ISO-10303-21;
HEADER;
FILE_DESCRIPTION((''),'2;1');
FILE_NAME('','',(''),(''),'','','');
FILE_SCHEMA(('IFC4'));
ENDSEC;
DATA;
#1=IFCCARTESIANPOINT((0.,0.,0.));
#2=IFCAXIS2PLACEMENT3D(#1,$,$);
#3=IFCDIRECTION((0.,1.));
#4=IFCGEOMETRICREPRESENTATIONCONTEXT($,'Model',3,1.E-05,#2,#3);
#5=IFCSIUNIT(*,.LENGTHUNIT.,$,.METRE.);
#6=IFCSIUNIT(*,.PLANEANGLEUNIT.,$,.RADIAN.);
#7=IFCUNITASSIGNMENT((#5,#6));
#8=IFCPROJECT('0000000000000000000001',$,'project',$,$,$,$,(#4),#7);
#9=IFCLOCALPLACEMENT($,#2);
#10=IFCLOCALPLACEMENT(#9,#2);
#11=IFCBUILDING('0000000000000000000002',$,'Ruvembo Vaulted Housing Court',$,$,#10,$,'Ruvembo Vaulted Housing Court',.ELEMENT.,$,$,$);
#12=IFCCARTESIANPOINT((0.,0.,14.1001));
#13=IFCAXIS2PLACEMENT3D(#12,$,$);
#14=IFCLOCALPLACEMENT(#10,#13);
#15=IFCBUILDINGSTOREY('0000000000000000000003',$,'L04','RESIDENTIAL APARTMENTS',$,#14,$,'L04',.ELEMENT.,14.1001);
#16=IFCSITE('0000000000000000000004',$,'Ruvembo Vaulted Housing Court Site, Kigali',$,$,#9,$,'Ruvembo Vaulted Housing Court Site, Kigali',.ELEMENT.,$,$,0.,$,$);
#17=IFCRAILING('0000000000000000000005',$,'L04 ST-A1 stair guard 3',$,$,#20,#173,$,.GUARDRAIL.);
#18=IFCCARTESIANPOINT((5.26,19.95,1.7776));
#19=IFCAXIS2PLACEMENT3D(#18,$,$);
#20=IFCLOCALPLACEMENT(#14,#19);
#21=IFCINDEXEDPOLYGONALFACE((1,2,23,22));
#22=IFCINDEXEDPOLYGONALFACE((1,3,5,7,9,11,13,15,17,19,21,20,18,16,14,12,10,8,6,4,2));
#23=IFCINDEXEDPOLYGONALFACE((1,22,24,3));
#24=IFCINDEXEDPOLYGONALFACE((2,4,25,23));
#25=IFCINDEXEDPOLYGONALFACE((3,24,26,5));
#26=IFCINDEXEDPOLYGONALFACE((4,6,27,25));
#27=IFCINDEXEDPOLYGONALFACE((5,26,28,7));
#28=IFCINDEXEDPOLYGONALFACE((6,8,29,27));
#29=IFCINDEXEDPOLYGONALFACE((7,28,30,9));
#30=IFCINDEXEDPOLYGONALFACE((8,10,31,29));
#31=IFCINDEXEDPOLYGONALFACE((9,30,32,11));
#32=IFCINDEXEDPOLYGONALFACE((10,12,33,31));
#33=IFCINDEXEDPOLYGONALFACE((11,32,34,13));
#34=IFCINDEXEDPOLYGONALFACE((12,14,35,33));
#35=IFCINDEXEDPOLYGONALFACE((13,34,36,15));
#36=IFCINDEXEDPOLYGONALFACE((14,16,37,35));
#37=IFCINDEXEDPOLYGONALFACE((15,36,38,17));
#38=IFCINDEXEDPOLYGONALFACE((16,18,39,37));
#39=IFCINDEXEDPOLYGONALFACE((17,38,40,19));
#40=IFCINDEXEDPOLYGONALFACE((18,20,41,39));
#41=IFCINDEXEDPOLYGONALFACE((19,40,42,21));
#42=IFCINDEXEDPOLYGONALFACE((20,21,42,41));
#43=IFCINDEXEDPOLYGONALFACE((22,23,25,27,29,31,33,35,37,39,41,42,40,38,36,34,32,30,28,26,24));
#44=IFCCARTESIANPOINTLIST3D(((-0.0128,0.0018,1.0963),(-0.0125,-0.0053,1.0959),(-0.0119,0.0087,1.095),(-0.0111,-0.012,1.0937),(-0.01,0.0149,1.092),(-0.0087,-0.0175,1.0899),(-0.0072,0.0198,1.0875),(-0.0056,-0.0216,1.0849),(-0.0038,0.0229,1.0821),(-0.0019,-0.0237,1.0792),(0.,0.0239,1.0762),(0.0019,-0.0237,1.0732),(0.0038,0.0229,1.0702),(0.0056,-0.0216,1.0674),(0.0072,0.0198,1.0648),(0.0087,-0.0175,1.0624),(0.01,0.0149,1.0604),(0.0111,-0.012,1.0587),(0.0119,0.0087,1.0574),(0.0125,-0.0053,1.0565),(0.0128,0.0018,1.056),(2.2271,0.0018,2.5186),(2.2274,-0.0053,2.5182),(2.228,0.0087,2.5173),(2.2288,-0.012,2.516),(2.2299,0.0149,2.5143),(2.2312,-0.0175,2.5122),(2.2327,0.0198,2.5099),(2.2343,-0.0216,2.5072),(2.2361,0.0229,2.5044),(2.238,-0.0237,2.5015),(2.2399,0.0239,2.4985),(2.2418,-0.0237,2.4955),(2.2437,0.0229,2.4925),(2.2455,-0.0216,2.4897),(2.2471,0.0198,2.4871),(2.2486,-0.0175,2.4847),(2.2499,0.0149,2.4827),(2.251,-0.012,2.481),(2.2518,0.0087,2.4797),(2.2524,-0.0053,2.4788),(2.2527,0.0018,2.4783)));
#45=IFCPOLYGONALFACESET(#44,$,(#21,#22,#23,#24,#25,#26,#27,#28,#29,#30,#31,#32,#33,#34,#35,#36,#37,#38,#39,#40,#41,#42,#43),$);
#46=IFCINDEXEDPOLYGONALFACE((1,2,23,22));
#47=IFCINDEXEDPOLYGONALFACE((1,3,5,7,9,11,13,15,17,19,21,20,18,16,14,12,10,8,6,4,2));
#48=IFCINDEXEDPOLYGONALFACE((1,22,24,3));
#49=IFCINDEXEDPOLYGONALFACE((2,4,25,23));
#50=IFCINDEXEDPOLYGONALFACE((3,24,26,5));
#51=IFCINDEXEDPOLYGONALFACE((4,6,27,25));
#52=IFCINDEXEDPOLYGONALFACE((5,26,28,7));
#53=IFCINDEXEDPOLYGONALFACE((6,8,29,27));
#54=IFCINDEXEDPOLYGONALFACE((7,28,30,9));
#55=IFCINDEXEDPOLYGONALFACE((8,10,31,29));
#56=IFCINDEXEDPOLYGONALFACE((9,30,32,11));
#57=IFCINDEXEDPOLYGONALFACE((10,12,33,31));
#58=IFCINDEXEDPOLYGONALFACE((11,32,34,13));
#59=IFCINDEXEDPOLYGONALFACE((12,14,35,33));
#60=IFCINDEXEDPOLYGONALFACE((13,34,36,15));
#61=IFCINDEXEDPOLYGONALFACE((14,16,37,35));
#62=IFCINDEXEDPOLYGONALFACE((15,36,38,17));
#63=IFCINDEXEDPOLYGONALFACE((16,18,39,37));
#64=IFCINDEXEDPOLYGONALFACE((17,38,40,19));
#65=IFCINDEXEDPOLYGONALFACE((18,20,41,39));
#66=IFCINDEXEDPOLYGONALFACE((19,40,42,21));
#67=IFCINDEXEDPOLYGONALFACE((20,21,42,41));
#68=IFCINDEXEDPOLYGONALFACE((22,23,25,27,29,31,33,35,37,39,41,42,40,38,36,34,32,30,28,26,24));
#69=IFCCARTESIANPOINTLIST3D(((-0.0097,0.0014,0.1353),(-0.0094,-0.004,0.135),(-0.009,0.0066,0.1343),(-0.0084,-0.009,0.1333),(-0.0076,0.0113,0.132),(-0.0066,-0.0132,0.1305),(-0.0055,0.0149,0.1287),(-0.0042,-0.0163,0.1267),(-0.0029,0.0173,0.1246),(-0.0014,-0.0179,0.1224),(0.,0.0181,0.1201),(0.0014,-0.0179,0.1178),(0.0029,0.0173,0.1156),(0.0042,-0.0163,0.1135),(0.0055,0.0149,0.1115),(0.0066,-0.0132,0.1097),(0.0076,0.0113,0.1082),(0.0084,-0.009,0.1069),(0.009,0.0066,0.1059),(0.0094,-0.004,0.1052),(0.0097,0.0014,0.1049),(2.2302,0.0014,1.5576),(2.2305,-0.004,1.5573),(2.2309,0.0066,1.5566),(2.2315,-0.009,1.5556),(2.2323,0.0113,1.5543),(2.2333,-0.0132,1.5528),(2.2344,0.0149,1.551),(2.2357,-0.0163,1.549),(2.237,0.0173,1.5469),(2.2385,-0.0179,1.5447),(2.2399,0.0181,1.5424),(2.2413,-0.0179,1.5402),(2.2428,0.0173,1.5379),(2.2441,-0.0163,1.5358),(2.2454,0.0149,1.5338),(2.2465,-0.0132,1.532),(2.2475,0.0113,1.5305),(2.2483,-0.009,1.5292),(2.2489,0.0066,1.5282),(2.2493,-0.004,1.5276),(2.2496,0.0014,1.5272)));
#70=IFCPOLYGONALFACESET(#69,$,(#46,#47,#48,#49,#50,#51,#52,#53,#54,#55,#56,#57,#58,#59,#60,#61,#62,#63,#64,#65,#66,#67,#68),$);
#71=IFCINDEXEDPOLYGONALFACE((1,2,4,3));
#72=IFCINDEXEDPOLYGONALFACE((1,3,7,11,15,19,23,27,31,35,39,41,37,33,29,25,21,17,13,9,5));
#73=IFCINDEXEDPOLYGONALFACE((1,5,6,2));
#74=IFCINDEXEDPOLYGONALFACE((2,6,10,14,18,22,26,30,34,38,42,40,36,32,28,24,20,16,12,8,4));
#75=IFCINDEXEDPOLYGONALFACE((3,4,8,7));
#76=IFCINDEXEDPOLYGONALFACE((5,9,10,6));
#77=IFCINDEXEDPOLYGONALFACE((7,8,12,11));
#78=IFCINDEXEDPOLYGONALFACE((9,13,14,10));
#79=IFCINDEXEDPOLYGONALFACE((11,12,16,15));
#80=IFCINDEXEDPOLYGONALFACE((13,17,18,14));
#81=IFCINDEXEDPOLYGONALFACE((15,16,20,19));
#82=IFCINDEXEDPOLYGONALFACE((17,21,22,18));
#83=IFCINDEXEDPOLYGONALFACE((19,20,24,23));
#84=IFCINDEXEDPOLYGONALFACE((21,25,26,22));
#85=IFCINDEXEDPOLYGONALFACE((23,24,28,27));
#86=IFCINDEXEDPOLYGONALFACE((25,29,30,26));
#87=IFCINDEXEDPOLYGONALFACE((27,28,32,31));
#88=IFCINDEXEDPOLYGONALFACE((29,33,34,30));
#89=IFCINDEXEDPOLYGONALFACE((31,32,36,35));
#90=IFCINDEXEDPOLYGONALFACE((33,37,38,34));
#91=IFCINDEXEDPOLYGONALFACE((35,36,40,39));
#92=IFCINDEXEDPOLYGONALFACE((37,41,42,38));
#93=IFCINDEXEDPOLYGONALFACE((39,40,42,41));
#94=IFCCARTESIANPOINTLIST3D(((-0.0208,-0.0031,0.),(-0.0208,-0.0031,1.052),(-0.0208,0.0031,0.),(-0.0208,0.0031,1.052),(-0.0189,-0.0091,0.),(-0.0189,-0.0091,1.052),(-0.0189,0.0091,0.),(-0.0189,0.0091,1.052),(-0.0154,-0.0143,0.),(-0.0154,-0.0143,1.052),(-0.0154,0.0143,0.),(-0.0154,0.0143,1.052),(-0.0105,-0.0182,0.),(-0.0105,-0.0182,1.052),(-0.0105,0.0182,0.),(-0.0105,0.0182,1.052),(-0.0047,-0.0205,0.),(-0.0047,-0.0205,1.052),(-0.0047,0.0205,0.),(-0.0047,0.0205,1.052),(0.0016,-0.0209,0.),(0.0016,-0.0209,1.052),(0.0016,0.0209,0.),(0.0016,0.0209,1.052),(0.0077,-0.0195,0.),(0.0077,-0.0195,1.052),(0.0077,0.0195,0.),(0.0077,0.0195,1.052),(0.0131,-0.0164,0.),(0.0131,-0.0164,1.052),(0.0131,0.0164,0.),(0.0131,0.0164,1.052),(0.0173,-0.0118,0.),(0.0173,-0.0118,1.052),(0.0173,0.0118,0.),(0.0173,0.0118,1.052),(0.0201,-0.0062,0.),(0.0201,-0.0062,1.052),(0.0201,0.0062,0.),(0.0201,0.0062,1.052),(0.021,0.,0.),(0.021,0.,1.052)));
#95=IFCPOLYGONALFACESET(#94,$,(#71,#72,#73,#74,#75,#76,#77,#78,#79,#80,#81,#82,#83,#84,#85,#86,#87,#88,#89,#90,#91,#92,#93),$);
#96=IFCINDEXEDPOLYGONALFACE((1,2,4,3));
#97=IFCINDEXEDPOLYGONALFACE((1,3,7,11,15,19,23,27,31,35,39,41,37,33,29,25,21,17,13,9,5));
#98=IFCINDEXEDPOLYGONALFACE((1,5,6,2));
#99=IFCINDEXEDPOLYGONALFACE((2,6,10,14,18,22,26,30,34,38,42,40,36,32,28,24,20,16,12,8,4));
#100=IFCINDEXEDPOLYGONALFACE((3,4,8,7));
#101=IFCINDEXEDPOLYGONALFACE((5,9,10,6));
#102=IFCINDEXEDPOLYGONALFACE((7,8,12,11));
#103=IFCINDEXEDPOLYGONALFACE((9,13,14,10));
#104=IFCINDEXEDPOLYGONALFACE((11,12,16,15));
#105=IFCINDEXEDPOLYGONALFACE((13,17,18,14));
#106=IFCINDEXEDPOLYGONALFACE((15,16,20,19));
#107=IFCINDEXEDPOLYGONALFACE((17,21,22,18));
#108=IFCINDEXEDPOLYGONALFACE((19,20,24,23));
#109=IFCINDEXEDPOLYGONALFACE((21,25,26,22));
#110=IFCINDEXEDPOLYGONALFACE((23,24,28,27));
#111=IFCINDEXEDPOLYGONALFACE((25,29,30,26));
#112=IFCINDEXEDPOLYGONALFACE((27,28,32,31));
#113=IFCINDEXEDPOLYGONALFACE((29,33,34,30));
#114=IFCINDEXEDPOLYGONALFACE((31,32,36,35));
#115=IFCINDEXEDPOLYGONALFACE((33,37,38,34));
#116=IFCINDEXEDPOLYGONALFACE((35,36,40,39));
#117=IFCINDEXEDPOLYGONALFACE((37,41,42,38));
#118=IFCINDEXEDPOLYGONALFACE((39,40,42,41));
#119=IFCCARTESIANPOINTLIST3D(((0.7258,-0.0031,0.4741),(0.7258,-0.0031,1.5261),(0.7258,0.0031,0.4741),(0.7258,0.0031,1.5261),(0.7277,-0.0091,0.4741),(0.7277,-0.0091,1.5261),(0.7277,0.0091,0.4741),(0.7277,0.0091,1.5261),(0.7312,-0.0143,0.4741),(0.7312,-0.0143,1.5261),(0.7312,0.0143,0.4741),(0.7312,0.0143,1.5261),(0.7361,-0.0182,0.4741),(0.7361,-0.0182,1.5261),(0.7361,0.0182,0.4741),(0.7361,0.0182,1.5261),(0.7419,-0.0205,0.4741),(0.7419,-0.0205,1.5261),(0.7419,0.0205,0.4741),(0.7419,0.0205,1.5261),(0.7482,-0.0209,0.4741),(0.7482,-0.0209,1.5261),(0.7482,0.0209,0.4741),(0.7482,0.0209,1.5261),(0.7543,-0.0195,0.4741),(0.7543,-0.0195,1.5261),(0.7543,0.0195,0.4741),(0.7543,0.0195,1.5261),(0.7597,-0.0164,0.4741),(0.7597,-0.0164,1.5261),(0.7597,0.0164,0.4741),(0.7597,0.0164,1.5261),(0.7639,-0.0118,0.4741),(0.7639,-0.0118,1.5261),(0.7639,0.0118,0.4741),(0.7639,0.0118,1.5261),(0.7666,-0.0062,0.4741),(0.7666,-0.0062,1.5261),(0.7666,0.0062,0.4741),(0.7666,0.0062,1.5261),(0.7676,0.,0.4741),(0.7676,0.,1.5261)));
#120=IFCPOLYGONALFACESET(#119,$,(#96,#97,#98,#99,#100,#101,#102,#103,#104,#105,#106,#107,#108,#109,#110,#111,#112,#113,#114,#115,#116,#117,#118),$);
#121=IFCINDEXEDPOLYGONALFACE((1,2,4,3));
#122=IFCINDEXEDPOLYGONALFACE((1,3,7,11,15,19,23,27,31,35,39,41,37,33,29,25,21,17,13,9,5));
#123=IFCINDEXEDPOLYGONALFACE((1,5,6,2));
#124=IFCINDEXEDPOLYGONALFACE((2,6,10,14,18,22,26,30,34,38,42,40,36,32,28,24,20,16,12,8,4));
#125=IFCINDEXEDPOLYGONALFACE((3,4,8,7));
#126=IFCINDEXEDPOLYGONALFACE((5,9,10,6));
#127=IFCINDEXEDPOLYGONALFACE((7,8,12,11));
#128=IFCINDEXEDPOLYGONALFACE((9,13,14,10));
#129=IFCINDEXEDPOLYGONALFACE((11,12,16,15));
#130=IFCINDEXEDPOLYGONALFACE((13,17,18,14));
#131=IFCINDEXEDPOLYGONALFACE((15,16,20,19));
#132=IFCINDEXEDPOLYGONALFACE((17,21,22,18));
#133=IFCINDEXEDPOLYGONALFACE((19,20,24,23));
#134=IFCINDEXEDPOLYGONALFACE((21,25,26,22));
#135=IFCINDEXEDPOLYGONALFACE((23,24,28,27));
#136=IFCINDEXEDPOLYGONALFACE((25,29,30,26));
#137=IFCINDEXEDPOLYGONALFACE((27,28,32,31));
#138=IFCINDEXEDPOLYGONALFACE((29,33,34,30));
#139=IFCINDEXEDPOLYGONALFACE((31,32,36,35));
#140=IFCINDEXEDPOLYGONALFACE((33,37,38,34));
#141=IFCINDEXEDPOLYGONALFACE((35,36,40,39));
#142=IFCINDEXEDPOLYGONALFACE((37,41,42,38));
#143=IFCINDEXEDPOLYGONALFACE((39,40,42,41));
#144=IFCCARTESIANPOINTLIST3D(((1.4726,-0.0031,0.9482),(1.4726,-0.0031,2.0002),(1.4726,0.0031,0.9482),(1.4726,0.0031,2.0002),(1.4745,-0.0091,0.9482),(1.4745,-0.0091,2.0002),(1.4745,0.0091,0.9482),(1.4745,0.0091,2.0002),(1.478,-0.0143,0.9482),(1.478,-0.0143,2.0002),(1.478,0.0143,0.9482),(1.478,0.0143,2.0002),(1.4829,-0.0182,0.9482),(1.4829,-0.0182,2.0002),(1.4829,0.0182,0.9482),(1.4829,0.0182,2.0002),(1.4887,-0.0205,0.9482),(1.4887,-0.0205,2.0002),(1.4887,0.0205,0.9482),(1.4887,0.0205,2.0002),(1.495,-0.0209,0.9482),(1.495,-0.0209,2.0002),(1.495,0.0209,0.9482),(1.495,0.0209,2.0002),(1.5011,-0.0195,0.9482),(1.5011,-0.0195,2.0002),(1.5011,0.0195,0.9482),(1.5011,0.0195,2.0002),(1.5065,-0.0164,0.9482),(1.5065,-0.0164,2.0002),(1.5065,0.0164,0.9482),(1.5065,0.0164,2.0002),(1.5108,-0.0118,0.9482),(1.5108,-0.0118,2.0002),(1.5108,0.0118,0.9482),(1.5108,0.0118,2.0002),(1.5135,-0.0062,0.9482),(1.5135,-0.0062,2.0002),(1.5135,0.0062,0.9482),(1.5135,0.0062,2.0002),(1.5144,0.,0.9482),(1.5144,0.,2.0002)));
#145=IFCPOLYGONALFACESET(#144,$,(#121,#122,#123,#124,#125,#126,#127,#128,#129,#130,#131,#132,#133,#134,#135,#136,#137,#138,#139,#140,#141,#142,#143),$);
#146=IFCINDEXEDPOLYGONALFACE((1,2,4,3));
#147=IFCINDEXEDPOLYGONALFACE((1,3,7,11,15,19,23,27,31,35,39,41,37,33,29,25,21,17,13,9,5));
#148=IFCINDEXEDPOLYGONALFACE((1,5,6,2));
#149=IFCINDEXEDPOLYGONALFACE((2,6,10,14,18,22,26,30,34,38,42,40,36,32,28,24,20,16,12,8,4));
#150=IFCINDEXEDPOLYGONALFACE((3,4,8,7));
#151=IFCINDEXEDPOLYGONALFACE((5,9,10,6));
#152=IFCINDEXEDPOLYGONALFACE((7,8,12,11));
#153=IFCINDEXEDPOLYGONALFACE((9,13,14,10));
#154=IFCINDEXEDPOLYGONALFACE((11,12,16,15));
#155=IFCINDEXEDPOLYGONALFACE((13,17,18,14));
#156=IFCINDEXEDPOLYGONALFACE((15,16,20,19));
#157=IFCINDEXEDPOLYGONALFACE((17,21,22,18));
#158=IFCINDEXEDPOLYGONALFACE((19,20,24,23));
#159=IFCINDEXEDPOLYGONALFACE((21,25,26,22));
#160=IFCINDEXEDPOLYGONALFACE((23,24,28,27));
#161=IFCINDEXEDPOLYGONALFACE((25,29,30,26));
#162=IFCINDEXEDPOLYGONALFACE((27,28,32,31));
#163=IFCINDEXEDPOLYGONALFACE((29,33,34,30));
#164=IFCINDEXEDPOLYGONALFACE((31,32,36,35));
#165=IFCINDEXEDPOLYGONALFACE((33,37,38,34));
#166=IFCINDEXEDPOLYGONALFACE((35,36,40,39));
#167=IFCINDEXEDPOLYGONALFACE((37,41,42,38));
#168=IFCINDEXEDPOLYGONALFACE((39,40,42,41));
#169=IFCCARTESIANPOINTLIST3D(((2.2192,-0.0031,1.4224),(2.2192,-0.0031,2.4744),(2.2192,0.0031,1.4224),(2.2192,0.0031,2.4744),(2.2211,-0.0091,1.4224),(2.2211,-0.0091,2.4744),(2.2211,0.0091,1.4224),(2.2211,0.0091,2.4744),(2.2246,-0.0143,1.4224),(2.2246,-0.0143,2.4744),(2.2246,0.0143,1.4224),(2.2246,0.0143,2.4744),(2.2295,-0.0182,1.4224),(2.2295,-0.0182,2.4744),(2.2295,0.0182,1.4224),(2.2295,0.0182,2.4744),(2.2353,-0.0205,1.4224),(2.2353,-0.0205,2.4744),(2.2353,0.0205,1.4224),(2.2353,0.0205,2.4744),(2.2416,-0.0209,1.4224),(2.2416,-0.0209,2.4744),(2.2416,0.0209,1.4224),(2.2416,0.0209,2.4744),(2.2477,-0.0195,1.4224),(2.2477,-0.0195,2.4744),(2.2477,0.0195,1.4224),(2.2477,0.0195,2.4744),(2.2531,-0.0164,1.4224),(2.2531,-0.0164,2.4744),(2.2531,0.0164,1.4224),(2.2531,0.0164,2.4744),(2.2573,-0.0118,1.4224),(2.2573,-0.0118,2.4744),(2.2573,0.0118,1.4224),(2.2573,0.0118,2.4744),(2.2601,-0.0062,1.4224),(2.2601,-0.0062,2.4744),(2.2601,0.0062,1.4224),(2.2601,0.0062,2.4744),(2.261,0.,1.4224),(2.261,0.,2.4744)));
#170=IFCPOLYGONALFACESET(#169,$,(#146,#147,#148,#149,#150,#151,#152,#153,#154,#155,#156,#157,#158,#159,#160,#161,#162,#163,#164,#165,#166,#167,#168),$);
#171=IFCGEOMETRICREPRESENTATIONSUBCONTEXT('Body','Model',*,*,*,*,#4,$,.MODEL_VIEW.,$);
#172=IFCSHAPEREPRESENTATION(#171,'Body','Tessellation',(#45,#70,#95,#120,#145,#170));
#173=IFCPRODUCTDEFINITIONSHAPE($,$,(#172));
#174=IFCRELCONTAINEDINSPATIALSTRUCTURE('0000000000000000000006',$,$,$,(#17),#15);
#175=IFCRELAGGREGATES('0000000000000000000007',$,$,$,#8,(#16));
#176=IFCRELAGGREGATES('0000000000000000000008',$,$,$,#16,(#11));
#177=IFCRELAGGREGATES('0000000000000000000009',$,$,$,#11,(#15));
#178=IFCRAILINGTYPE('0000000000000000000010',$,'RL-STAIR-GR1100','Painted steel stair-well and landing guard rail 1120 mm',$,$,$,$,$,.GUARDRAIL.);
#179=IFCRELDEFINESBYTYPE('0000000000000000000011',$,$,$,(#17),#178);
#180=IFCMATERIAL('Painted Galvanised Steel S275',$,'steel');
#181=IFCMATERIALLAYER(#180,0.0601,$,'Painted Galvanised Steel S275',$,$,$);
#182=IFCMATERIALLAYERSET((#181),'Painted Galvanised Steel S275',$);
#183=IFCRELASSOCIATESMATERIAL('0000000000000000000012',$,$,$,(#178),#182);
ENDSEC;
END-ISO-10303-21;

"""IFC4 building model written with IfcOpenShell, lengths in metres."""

from ifc_helpers import new_model, si_unit, direction, frame, origin, origin_2d, place, context, subcontext, project, spatial, circle, extrude, material, layer, layer_set, type_object, element, save


model = new_model("IFC4")

# Units and contexts
model_context = context("Model", 3, precision=1e-05, world=origin(), true_north=direction((0.0, 1.0)))
body_context = subcontext(model_context, "Body", "Model", "MODEL_VIEW")
ifc_project = project(units=[si_unit("LENGTHUNIT", "METRE"), si_unit("PLANEANGLEUNIT", "RADIAN")], contexts=[model_context])

# Site, building, storey
site_placement = place(None, origin())
site = spatial("IfcSite", under=ifc_project, at=site_placement, Name="Ruvembo Vaulted Housing Court Site, Kigali", LongName="Ruvembo Vaulted Housing Court Site, Kigali", CompositionType="ELEMENT", RefElevation=0.0)
building_placement = place(site_placement, origin())
building = spatial("IfcBuilding", under=site, at=building_placement, Name="Ruvembo Vaulted Housing Court", LongName="Ruvembo Vaulted Housing Court", CompositionType="ELEMENT")
storey_placement = place(building_placement, frame((0.0, 0.0, 14.1001)))
storey = spatial("IfcBuildingStorey", under=building, at=storey_placement, Name="L04", Description="RESIDENTIAL APARTMENTS", LongName="L04", CompositionType="ELEMENT", Elevation=14.1001)

# Railing
ifc_material_1 = material(Name="Painted Galvanised Steel S275", Category="steel")
ifc_layer_1 = layer(ifc_material_1, 0.0601, Name="Painted Galvanised Steel S275")
ifc_layer_set_1 = layer_set([ifc_layer_1], Name="Painted Galvanised Steel S275")
railing_type_1 = type_object("IfcRailingType", Name="RL-STAIR-GR1100", Description="Painted steel stair-well and landing guard rail 1120 mm", PredefinedType="GUARDRAIL", material=ifc_layer_set_1)
railing_1_placement = place(storey_placement, frame((5.26, 19.95, 1.7776)))
element("IfcRailing", 1, at=railing_1_placement, inside=storey, type_object=railing_type_1, Name="L04 ST-A1 stair guard 3", PredefinedType="GUARDRAIL", context=body_context, shape_type="SweptSolid", body=[
    extrude(circle(Radius=0.0239, at=origin_2d()), frame((0.0, 0.0, 1.0762), z_axis=(0.844188, 0.0, 0.536048), x_axis=(0.0, 1.0, 0.0)), (0.0, 0.0, 1.0), 2.6533),
    extrude(circle(Radius=0.0181, at=origin_2d()), frame((0.0, 0.0, 0.1201), z_axis=(0.844188, 0.0, 0.536048), x_axis=(0.0, 1.0, 0.0)), (0.0, 0.0, 1.0), 2.6533),
    extrude(circle(Radius=0.021, at=origin_2d()), origin(), (0.0, 0.0, 1.0), 1.052),
    extrude(circle(Radius=0.021, at=origin_2d()), frame((0.7466, 0.0, 0.4741)), (0.0, 0.0, 1.0), 1.052),
    extrude(circle(Radius=0.021, at=origin_2d()), frame((1.4934, 0.0, 0.9482)), (0.0, 0.0, 1.0), 1.052),
    extrude(circle(Radius=0.021, at=origin_2d()), frame((2.24, 0.0, 1.4224)), (0.0, 0.0, 1.0), 1.052),
])

save(model, "model.ifc")
